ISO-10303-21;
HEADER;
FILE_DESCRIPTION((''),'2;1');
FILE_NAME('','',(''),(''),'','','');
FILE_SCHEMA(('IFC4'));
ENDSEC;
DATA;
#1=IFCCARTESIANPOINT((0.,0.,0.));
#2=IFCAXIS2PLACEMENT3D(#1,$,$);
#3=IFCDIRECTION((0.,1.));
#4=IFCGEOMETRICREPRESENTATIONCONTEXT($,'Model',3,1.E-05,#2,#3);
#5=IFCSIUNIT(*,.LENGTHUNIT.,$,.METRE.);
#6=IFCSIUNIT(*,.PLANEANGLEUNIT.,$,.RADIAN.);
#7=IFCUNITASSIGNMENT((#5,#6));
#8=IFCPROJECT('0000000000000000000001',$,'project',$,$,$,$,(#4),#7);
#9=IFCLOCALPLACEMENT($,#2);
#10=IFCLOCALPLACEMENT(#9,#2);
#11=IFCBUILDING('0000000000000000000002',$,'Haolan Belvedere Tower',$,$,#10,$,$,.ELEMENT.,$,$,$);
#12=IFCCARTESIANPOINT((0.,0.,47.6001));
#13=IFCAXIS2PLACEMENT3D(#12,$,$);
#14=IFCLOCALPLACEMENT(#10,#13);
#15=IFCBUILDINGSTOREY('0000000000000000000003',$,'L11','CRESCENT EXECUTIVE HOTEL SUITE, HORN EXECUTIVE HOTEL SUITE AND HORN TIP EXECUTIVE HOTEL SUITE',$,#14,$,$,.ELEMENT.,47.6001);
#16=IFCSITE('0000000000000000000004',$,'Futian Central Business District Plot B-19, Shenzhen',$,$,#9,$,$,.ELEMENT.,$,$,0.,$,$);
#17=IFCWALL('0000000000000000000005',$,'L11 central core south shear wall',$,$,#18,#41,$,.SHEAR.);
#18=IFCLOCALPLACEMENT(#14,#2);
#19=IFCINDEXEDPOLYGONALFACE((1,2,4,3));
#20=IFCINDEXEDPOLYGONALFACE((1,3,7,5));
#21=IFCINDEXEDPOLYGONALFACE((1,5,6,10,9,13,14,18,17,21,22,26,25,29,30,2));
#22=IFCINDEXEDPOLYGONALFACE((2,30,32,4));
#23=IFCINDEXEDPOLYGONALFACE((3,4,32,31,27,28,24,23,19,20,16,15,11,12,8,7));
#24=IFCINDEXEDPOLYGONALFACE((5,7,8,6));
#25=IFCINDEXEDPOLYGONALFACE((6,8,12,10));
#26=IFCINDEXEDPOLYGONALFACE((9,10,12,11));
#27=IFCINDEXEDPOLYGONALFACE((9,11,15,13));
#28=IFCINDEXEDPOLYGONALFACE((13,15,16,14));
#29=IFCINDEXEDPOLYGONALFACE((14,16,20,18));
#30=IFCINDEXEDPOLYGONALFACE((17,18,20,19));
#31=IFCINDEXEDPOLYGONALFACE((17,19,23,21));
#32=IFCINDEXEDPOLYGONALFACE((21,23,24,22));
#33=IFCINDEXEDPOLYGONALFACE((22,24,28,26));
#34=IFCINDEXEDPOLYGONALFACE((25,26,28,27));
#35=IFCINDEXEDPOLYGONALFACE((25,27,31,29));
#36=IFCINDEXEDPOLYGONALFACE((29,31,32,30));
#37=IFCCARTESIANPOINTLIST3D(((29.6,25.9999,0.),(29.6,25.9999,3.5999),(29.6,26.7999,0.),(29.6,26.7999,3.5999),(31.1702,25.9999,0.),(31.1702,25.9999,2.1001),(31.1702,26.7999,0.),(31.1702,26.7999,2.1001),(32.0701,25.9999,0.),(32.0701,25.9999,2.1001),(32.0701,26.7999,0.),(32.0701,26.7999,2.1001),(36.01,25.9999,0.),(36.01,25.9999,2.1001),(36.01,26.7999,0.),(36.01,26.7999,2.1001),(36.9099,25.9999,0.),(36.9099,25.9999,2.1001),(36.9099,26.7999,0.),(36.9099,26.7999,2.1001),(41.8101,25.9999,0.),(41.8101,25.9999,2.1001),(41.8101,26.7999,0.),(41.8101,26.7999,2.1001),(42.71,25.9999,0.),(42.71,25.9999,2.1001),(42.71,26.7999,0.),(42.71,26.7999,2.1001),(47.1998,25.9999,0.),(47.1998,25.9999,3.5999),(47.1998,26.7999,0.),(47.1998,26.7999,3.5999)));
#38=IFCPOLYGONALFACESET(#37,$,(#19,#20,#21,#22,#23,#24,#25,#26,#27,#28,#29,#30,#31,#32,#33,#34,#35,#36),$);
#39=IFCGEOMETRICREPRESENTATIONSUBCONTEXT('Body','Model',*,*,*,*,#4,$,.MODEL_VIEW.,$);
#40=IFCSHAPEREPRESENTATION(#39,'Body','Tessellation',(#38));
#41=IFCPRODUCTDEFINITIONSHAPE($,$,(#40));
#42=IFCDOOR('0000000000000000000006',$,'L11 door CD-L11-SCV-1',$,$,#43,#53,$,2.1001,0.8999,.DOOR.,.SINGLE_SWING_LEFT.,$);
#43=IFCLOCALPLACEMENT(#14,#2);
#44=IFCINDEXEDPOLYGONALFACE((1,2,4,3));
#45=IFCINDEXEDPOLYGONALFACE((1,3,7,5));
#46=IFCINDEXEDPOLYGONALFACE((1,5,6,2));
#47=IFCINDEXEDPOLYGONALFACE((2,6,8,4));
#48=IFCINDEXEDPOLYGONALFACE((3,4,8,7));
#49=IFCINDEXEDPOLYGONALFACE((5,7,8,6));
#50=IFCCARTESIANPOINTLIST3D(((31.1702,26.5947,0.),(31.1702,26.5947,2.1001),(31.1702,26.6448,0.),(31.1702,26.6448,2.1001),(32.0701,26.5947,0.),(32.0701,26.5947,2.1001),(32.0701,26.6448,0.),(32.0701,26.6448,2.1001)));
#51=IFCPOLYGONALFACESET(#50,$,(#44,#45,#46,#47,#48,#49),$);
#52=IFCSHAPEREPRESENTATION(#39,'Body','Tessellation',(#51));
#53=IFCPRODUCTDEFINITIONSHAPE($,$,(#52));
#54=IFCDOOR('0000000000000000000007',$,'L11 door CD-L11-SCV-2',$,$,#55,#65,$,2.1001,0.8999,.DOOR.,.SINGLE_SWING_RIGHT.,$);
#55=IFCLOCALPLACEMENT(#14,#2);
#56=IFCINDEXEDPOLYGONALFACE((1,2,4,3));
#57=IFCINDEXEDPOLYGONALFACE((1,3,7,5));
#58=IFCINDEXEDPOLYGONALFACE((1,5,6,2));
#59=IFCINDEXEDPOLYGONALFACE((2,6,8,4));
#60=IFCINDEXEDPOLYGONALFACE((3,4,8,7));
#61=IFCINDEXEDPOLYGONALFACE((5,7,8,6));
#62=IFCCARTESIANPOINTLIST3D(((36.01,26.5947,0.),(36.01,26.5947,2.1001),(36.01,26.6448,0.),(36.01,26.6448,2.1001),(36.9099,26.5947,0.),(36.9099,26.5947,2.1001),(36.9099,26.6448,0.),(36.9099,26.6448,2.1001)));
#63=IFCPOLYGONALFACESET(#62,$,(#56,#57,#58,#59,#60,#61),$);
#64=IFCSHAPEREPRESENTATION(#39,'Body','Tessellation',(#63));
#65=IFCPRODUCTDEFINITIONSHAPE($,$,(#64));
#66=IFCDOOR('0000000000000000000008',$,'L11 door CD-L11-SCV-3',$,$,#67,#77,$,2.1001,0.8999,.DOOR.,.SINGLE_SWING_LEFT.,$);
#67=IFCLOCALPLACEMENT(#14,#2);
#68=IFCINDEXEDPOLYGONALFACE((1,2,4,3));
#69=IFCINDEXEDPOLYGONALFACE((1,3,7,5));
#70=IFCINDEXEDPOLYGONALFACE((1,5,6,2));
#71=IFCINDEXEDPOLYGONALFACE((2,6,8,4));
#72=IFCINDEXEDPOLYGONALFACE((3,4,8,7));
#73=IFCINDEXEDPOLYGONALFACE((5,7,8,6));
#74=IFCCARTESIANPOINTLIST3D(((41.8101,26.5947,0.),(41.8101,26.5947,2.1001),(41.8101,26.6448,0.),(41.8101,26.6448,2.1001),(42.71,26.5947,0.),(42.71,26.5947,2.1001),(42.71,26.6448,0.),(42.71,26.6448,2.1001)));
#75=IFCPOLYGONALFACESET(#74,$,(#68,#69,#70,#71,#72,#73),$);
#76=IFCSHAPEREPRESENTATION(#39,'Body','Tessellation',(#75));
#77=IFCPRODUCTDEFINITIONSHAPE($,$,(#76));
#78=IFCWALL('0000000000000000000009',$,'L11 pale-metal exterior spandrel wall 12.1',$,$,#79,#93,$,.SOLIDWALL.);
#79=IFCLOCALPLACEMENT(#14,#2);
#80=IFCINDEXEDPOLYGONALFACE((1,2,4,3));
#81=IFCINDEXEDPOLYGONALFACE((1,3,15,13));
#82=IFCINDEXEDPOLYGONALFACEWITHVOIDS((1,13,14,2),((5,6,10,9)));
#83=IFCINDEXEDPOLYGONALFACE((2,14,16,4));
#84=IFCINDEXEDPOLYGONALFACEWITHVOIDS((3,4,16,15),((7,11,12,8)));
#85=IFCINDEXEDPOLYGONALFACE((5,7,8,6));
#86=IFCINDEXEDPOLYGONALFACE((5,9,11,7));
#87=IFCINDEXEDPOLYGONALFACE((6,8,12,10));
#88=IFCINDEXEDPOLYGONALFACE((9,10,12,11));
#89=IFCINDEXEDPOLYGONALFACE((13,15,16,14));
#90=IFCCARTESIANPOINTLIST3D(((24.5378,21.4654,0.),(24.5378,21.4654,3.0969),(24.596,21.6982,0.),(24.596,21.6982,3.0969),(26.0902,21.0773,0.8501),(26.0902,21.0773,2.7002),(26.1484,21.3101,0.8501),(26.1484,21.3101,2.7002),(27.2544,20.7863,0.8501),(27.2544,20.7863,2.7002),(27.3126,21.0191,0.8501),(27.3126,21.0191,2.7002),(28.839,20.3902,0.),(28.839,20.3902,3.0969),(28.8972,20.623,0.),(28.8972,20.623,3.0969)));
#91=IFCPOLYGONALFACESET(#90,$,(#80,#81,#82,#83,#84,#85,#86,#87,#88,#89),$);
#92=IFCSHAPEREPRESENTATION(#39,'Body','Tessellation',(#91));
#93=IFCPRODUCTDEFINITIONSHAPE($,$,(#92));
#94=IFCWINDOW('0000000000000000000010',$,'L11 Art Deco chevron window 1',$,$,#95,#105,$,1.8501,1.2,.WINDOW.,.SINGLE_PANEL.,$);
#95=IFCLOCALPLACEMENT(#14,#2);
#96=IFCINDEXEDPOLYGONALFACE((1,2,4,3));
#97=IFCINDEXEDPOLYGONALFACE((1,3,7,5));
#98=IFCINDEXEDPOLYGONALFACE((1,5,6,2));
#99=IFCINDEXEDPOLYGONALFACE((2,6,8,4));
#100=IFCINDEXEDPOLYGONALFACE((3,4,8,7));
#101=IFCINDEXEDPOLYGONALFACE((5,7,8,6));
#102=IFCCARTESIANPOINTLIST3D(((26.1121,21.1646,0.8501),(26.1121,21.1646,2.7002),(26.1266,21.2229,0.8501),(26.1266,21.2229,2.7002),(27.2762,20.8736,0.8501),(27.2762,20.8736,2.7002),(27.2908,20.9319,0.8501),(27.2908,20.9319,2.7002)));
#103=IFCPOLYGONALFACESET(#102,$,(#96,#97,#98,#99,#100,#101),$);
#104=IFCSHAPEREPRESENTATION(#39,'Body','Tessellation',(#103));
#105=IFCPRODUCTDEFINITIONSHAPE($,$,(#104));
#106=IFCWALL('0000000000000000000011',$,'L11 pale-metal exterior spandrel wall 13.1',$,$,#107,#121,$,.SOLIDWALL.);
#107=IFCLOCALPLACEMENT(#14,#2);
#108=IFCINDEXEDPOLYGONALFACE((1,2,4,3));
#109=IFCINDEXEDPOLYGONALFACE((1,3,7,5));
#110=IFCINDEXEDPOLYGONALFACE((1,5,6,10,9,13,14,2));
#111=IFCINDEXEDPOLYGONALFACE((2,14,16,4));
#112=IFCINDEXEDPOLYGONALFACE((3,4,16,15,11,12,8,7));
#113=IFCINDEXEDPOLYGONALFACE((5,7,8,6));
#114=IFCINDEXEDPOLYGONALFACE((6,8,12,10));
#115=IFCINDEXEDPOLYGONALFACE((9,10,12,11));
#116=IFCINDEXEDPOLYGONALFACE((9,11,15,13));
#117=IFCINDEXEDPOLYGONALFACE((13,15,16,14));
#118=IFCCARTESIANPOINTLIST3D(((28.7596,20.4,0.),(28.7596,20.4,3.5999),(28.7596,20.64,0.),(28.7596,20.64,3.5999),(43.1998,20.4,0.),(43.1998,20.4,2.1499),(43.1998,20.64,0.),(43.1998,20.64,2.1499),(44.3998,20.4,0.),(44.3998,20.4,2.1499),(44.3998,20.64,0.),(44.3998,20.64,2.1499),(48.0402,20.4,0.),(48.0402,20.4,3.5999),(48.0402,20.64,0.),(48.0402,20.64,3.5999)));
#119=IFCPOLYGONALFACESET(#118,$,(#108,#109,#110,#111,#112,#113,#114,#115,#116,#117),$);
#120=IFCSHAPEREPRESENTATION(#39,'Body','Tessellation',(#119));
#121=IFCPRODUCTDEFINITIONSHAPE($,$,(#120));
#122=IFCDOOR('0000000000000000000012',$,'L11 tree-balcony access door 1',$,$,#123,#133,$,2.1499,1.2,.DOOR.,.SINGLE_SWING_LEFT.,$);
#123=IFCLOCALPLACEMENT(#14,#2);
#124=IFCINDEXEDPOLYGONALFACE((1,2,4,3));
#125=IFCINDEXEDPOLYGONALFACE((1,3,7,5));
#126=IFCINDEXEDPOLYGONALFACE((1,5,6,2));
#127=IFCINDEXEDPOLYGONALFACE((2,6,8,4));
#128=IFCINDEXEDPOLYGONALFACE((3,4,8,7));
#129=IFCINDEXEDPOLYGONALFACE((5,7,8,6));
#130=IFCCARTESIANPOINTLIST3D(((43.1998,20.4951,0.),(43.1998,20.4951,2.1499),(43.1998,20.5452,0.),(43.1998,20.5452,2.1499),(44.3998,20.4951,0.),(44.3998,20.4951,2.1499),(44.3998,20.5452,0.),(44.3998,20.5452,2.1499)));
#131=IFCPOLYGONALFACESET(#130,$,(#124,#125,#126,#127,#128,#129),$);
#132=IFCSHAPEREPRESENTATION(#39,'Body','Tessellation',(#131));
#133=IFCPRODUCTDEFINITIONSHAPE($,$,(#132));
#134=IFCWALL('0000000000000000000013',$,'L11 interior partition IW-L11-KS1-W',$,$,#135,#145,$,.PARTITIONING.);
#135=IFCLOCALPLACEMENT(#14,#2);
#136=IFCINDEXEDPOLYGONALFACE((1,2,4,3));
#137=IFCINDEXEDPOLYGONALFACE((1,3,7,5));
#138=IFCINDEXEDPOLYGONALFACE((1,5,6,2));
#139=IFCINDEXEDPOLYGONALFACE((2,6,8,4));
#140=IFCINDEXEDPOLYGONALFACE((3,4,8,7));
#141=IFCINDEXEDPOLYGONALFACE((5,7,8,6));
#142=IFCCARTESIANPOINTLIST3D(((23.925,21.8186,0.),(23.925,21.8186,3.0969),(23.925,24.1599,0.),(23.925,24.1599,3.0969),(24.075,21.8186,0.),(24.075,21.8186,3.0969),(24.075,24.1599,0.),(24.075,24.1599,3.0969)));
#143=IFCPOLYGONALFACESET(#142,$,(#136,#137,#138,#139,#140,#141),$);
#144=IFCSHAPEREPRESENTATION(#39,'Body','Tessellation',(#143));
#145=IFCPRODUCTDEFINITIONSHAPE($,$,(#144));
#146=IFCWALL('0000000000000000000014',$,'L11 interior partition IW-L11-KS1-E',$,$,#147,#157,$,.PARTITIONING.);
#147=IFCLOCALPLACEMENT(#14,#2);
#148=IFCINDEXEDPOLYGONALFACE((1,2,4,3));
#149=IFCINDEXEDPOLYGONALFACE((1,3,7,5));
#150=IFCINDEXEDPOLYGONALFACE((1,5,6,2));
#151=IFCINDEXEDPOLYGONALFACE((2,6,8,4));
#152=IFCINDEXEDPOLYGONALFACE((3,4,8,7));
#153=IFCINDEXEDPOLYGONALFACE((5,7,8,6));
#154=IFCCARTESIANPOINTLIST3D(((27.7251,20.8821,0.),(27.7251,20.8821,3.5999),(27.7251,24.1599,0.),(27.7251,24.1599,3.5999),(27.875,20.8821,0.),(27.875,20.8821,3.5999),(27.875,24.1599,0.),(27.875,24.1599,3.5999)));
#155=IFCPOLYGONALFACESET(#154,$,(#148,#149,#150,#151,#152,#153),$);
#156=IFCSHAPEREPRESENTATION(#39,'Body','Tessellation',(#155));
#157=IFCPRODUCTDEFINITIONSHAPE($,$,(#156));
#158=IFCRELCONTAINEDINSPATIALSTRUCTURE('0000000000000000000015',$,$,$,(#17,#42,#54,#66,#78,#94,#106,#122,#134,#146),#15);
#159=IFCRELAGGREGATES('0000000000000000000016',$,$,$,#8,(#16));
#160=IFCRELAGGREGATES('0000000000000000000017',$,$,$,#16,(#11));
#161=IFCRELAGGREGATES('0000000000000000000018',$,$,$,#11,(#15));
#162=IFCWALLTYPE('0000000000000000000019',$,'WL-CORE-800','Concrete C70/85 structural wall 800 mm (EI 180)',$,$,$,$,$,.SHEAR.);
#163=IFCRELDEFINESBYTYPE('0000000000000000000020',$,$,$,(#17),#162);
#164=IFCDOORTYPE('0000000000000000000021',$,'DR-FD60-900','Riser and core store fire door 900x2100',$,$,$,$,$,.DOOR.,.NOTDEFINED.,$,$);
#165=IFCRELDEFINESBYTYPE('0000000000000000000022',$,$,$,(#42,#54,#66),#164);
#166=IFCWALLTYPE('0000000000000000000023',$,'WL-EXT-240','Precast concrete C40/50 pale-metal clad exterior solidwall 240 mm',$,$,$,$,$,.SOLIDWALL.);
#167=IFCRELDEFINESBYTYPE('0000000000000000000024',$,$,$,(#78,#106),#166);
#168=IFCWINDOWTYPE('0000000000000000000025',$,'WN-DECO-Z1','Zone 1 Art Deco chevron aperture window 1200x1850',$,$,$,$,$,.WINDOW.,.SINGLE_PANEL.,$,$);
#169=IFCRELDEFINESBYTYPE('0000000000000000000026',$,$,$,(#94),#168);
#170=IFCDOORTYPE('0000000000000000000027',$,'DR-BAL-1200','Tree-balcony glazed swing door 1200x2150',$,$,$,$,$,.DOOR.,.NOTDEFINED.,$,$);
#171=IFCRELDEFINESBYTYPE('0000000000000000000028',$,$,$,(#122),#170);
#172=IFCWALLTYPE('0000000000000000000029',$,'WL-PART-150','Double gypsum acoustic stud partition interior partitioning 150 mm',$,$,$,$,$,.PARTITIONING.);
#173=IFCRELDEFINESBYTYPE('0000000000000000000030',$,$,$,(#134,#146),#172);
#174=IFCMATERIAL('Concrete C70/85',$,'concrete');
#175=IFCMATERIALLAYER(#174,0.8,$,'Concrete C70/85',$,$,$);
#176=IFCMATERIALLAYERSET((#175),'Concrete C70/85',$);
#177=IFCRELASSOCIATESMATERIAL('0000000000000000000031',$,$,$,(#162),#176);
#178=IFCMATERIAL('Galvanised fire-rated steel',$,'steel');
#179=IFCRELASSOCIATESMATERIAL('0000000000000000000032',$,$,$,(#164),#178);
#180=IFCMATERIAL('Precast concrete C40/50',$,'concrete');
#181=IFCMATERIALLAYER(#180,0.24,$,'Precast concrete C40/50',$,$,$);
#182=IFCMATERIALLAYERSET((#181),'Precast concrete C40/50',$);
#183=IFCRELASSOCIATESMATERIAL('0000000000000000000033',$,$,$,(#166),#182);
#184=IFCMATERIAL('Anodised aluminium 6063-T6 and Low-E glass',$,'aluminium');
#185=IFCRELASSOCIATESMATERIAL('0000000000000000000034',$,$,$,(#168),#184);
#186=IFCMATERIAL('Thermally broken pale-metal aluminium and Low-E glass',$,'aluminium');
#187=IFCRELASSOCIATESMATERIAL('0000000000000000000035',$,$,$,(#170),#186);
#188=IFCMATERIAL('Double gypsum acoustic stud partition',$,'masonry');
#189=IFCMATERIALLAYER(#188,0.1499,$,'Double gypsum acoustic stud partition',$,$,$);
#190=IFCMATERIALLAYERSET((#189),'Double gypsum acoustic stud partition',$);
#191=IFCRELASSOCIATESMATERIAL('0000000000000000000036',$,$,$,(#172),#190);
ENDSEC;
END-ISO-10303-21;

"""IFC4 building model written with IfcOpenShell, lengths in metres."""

from ifc_helpers import new_model, si_unit, direction, frame, frame_2d, origin, place, context, subcontext, project, spatial, rectangle, extrude, material, layer, layer_set, type_object, element, fill, save


model = new_model("IFC4")

# Units and contexts
model_context = context("Model", 3, precision=1e-05, world=origin(), true_north=direction((0.0, 1.0)))
body_context = subcontext(model_context, "Body", "Model", "MODEL_VIEW")
ifc_project = project(units=[si_unit("LENGTHUNIT", "METRE"), si_unit("PLANEANGLEUNIT", "RADIAN")], contexts=[model_context])

# Site, building, storey
site_placement = place(None, origin())
site = spatial("IfcSite", under=ifc_project, at=site_placement, Name="Futian Central Business District Plot B-19, Shenzhen", CompositionType="ELEMENT", RefElevation=0.0)
building_placement = place(site_placement, origin())
building = spatial("IfcBuilding", under=site, at=building_placement, Name="Haolan Belvedere Tower", CompositionType="ELEMENT")
storey_placement = place(building_placement, frame((0.0, 0.0, 47.6001)))
storey = spatial("IfcBuildingStorey", under=building, at=storey_placement, Name="L11", Description="CRESCENT EXECUTIVE HOTEL SUITE, HORN EXECUTIVE HOTEL SUITE AND HORN TIP EXECUTIVE HOTEL SUITE", CompositionType="ELEMENT", Elevation=47.6001)

# Wall, openings, doors
ifc_material_1 = material(Name="Concrete C70/85", Category="concrete")
ifc_layer_1 = layer(ifc_material_1, 0.8, Name="Concrete C70/85")
ifc_layer_set_1 = layer_set([ifc_layer_1], Name="Concrete C70/85")
wall_type_1 = type_object("IfcWallType", Name="WL-CORE-800", Description="Concrete C70/85 structural wall 800 mm (EI 180)", PredefinedType="SHEAR", material=ifc_layer_set_1)
wall_1_placement = place(storey_placement, frame((29.6001, 26.3999, 0.0), z_axis=(0.0, 0.0, 1.0), x_axis=(1.0, 0.0, 0.0)))
wall_1 = element("IfcWall", 1, at=wall_1_placement, inside=storey, type_object=wall_type_1, Name="L11 central core south shear wall", PredefinedType="SHEAR", context=body_context, shape_type="SweptSolid", body=[
    extrude(rectangle(XDim=17.5999, YDim=0.8, at=frame_2d((8.7998, 0.0))), origin(), (0.0, 0.0, 1.0), 3.5999),
])
opening_1_placement = place(wall_1_placement, frame((2.47, 0.0, 0.0), z_axis=(0.0, 0.0, 1.0), x_axis=(-1.0, 0.0, 0.0)))
opening_1 = element("IfcOpeningElement", 2, at=opening_1_placement, cuts=wall_1, PredefinedType="OPENING", context=body_context, shape_type="SweptSolid", body=[
    extrude(rectangle(XDim=0.8999, YDim=2.1001, at=frame_2d((0.45, 1.05))), frame((0.0, 0.4099, 0.0), z_axis=(0.0, -1.0, 0.0), x_axis=(1.0, 0.0, 0.0)), (0.0, 0.0, 1.0), 0.8201),
])
opening_2_placement = place(wall_1_placement, frame((7.3098, 0.0, 0.0), z_axis=(0.0, 0.0, 1.0), x_axis=(-1.0, 0.0, 0.0)))
opening_2 = element("IfcOpeningElement", 3, at=opening_2_placement, cuts=wall_1, PredefinedType="OPENING", context=body_context, shape_type="SweptSolid", body=[
    extrude(rectangle(XDim=0.8999, YDim=2.1001, at=frame_2d((0.45, 1.05))), frame((0.0, 0.4099, 0.0), z_axis=(0.0, -1.0, 0.0), x_axis=(1.0, 0.0, 0.0)), (0.0, 0.0, 1.0), 0.8201),
])
opening_3_placement = place(wall_1_placement, frame((13.1099, 0.0, 0.0), z_axis=(0.0, 0.0, 1.0), x_axis=(-1.0, 0.0, 0.0)))
opening_3 = element("IfcOpeningElement", 4, at=opening_3_placement, cuts=wall_1, PredefinedType="OPENING", context=body_context, shape_type="SweptSolid", body=[
    extrude(rectangle(XDim=0.8999, YDim=2.1001, at=frame_2d((0.45, 1.05))), frame((0.0, 0.4099, 0.0), z_axis=(0.0, -1.0, 0.0), x_axis=(1.0, 0.0, 0.0)), (0.0, 0.0, 1.0), 0.8201),
])
ifc_material_2 = material(Name="Galvanised fire-rated steel", Category="steel")
door_type_1 = type_object("IfcDoorType", Name="DR-FD60-900", Description="Riser and core store fire door 900x2100", OperationType="NOTDEFINED", PredefinedType="DOOR", material=ifc_material_2)
door_1_placement = place(opening_1_placement, origin())
door_1 = element("IfcDoor", 5, at=door_1_placement, inside=storey, type_object=door_type_1, Name="L11 door CD-L11-SCV-1", OperationType="SINGLE_SWING_LEFT", OverallHeight=2.1001, OverallWidth=0.8999, PredefinedType="DOOR", context=body_context, shape_type="SweptSolid", body=[
    extrude(rectangle(XDim=0.8999, YDim=2.1001, at=frame_2d((0.45, 1.05))), frame((0.0, -0.1948, 0.0), z_axis=(0.0, -1.0, 0.0), x_axis=(1.0, 0.0, 0.0)), (0.0, 0.0, 1.0), 0.05),
])
fill(opening_1, door_1)
door_2_placement = place(opening_2_placement, origin())
door_2 = element("IfcDoor", 6, at=door_2_placement, inside=storey, type_object=door_type_1, Name="L11 door CD-L11-SCV-2", OperationType="SINGLE_SWING_RIGHT", OverallHeight=2.1001, OverallWidth=0.8999, PredefinedType="DOOR", context=body_context, shape_type="SweptSolid", body=[
    extrude(rectangle(XDim=0.8999, YDim=2.1001, at=frame_2d((0.45, 1.05))), frame((0.0, -0.1948, 0.0), z_axis=(0.0, -1.0, 0.0), x_axis=(1.0, 0.0, 0.0)), (0.0, 0.0, 1.0), 0.05),
])
fill(opening_2, door_2)
door_3_placement = place(opening_3_placement, origin())
door_3 = element("IfcDoor", 7, at=door_3_placement, inside=storey, type_object=door_type_1, Name="L11 door CD-L11-SCV-3", OperationType="SINGLE_SWING_LEFT", OverallHeight=2.1001, OverallWidth=0.8999, PredefinedType="DOOR", context=body_context, shape_type="SweptSolid", body=[
    extrude(rectangle(XDim=0.8999, YDim=2.1001, at=frame_2d((0.45, 1.05))), frame((0.0, -0.1948, 0.0), z_axis=(0.0, -1.0, 0.0), x_axis=(1.0, 0.0, 0.0)), (0.0, 0.0, 1.0), 0.05),
])
fill(opening_3, door_3)

# Wall, opening, window
ifc_material_3 = material(Name="Precast concrete C40/50", Category="concrete")
ifc_layer_2 = layer(ifc_material_3, 0.24, Name="Precast concrete C40/50")
ifc_layer_set_2 = layer_set([ifc_layer_2], Name="Precast concrete C40/50")
wall_type_2 = type_object("IfcWallType", Name="WL-EXT-240", Description="Precast concrete C40/50 pale-metal clad exterior solidwall 240 mm", PredefinedType="SOLIDWALL", material=ifc_layer_set_2)
wall_2_placement = place(storey_placement, frame((24.5669, 21.5818, 0.0), z_axis=(0.0, 0.0, 1.0), x_axis=(0.970149, -0.24251, 0.0)))
wall_2 = element("IfcWall", 8, at=wall_2_placement, inside=storey, type_object=wall_type_2, Name="L11 pale-metal exterior spandrel wall 12.1", PredefinedType="SOLIDWALL", context=body_context, shape_type="SweptSolid", body=[
    extrude(rectangle(XDim=4.4336, YDim=0.24, at=frame_2d((2.2168, 0.0))), origin(), (0.0, 0.0, 1.0), 3.0969),
])
opening_4_placement = place(wall_2_placement, frame((1.6001, 0.0, 0.8501)))
opening_4 = element("IfcOpeningElement", 9, at=opening_4_placement, cuts=wall_2, PredefinedType="OPENING", context=body_context, shape_type="SweptSolid", body=[
    extrude(rectangle(XDim=1.2, YDim=1.8501, at=frame_2d((0.6001, 0.925))), frame((0.0, 0.1299, 0.0), z_axis=(0.0, -1.0, 0.0), x_axis=(1.0, 0.0, 0.0)), (0.0, 0.0, 1.0), 0.26),
])
ifc_material_4 = material(Name="Anodised aluminium 6063-T6 and Low-E glass", Category="aluminium")
window_type = type_object("IfcWindowType", Name="WN-DECO-Z1", Description="Zone 1 Art Deco chevron aperture window 1200x1850", PartitioningType="SINGLE_PANEL", PredefinedType="WINDOW", material=ifc_material_4)
window_placement = place(opening_4_placement, origin())
window = element("IfcWindow", 10, at=window_placement, inside=storey, type_object=window_type, Name="L11 Art Deco chevron window 1", OverallHeight=1.8501, OverallWidth=1.2, PartitioningType="SINGLE_PANEL", PredefinedType="WINDOW", context=body_context, shape_type="SweptSolid", body=[
    extrude(rectangle(XDim=1.2, YDim=1.8501, at=frame_2d((0.6001, 0.925))), frame((0.0, 0.03, 0.0), z_axis=(0.0, -1.0, 0.0), x_axis=(1.0, 0.0, 0.0)), (0.0, 0.0, 1.0), 0.0601),
])
fill(opening_4, window)

# Wall, opening, door
wall_3_placement = place(storey_placement, frame((28.7598, 20.52, 0.0), z_axis=(0.0, 0.0, 1.0), x_axis=(1.0, 0.0, 0.0)))
wall_3 = element("IfcWall", 11, at=wall_3_placement, inside=storey, type_object=wall_type_2, Name="L11 pale-metal exterior spandrel wall 13.1", PredefinedType="SOLIDWALL", context=body_context, shape_type="SweptSolid", body=[
    extrude(rectangle(XDim=19.2805, YDim=0.24, at=frame_2d((9.6401, 0.0))), origin(), (0.0, 0.0, 1.0), 3.5999),
])
opening_5_placement = place(wall_3_placement, frame((15.6401, 0.0, 0.0), z_axis=(0.0, 0.0, 1.0), x_axis=(-1.0, 0.0, 0.0)))
opening_5 = element("IfcOpeningElement", 12, at=opening_5_placement, cuts=wall_3, PredefinedType="OPENING", context=body_context, shape_type="SweptSolid", body=[
    extrude(rectangle(XDim=1.2, YDim=2.1499, at=frame_2d((0.6001, 1.075))), frame((0.0, 0.1299, 0.0), z_axis=(0.0, -1.0, 0.0), x_axis=(1.0, 0.0, 0.0)), (0.0, 0.0, 1.0), 0.26),
])
ifc_material_5 = material(Name="Thermally broken pale-metal aluminium and Low-E glass", Category="aluminium")
door_type_2 = type_object("IfcDoorType", Name="DR-BAL-1200", Description="Tree-balcony glazed swing door 1200x2150", OperationType="NOTDEFINED", PredefinedType="DOOR", material=ifc_material_5)
door_4_placement = place(opening_5_placement, origin())
door_4 = element("IfcDoor", 13, at=door_4_placement, inside=storey, type_object=door_type_2, Name="L11 tree-balcony access door 1", OperationType="SINGLE_SWING_LEFT", OverallHeight=2.1499, OverallWidth=1.2, PredefinedType="DOOR", context=body_context, shape_type="SweptSolid", body=[
    extrude(rectangle(XDim=1.2, YDim=2.1499, at=frame_2d((0.6001, 1.075))), frame((0.0, 0.0249, 0.0), z_axis=(0.0, -1.0, 0.0), x_axis=(1.0, 0.0, 0.0)), (0.0, 0.0, 1.0), 0.05),
])
fill(opening_5, door_4)

# Walls
ifc_material_6 = material(Name="Double gypsum acoustic stud partition", Category="masonry")
ifc_layer_3 = layer(ifc_material_6, 0.1499, Name="Double gypsum acoustic stud partition")
ifc_layer_set_3 = layer_set([ifc_layer_3], Name="Double gypsum acoustic stud partition")
wall_type_3 = type_object("IfcWallType", Name="WL-PART-150", Description="Double gypsum acoustic stud partition interior partitioning 150 mm", PredefinedType="PARTITIONING", material=ifc_layer_set_3)
wall_4_placement = place(storey_placement, frame((24.0, 21.8186, 0.0), z_axis=(0.0, 0.0, 1.0), x_axis=(0.0, 1.0, 0.0)))
element("IfcWall", 14, at=wall_4_placement, inside=storey, type_object=wall_type_3, Name="L11 interior partition IW-L11-KS1-W", PredefinedType="PARTITIONING", context=body_context, shape_type="SweptSolid", body=[
    extrude(rectangle(XDim=2.3413, YDim=0.1499, at=frame_2d((1.1707, 0.0))), origin(), (0.0, 0.0, 1.0), 3.0969),
])
wall_5_placement = place(storey_placement, frame((27.8, 20.8821, 0.0), z_axis=(0.0, 0.0, 1.0), x_axis=(0.0, 1.0, 0.0)))
element("IfcWall", 15, at=wall_5_placement, inside=storey, type_object=wall_type_3, Name="L11 interior partition IW-L11-KS1-E", PredefinedType="PARTITIONING", context=body_context, shape_type="SweptSolid", body=[
    extrude(rectangle(XDim=3.2778, YDim=0.1499, at=frame_2d((1.6389, 0.0))), origin(), (0.0, 0.0, 1.0), 3.5999),
])

save(model, "model.ifc")
